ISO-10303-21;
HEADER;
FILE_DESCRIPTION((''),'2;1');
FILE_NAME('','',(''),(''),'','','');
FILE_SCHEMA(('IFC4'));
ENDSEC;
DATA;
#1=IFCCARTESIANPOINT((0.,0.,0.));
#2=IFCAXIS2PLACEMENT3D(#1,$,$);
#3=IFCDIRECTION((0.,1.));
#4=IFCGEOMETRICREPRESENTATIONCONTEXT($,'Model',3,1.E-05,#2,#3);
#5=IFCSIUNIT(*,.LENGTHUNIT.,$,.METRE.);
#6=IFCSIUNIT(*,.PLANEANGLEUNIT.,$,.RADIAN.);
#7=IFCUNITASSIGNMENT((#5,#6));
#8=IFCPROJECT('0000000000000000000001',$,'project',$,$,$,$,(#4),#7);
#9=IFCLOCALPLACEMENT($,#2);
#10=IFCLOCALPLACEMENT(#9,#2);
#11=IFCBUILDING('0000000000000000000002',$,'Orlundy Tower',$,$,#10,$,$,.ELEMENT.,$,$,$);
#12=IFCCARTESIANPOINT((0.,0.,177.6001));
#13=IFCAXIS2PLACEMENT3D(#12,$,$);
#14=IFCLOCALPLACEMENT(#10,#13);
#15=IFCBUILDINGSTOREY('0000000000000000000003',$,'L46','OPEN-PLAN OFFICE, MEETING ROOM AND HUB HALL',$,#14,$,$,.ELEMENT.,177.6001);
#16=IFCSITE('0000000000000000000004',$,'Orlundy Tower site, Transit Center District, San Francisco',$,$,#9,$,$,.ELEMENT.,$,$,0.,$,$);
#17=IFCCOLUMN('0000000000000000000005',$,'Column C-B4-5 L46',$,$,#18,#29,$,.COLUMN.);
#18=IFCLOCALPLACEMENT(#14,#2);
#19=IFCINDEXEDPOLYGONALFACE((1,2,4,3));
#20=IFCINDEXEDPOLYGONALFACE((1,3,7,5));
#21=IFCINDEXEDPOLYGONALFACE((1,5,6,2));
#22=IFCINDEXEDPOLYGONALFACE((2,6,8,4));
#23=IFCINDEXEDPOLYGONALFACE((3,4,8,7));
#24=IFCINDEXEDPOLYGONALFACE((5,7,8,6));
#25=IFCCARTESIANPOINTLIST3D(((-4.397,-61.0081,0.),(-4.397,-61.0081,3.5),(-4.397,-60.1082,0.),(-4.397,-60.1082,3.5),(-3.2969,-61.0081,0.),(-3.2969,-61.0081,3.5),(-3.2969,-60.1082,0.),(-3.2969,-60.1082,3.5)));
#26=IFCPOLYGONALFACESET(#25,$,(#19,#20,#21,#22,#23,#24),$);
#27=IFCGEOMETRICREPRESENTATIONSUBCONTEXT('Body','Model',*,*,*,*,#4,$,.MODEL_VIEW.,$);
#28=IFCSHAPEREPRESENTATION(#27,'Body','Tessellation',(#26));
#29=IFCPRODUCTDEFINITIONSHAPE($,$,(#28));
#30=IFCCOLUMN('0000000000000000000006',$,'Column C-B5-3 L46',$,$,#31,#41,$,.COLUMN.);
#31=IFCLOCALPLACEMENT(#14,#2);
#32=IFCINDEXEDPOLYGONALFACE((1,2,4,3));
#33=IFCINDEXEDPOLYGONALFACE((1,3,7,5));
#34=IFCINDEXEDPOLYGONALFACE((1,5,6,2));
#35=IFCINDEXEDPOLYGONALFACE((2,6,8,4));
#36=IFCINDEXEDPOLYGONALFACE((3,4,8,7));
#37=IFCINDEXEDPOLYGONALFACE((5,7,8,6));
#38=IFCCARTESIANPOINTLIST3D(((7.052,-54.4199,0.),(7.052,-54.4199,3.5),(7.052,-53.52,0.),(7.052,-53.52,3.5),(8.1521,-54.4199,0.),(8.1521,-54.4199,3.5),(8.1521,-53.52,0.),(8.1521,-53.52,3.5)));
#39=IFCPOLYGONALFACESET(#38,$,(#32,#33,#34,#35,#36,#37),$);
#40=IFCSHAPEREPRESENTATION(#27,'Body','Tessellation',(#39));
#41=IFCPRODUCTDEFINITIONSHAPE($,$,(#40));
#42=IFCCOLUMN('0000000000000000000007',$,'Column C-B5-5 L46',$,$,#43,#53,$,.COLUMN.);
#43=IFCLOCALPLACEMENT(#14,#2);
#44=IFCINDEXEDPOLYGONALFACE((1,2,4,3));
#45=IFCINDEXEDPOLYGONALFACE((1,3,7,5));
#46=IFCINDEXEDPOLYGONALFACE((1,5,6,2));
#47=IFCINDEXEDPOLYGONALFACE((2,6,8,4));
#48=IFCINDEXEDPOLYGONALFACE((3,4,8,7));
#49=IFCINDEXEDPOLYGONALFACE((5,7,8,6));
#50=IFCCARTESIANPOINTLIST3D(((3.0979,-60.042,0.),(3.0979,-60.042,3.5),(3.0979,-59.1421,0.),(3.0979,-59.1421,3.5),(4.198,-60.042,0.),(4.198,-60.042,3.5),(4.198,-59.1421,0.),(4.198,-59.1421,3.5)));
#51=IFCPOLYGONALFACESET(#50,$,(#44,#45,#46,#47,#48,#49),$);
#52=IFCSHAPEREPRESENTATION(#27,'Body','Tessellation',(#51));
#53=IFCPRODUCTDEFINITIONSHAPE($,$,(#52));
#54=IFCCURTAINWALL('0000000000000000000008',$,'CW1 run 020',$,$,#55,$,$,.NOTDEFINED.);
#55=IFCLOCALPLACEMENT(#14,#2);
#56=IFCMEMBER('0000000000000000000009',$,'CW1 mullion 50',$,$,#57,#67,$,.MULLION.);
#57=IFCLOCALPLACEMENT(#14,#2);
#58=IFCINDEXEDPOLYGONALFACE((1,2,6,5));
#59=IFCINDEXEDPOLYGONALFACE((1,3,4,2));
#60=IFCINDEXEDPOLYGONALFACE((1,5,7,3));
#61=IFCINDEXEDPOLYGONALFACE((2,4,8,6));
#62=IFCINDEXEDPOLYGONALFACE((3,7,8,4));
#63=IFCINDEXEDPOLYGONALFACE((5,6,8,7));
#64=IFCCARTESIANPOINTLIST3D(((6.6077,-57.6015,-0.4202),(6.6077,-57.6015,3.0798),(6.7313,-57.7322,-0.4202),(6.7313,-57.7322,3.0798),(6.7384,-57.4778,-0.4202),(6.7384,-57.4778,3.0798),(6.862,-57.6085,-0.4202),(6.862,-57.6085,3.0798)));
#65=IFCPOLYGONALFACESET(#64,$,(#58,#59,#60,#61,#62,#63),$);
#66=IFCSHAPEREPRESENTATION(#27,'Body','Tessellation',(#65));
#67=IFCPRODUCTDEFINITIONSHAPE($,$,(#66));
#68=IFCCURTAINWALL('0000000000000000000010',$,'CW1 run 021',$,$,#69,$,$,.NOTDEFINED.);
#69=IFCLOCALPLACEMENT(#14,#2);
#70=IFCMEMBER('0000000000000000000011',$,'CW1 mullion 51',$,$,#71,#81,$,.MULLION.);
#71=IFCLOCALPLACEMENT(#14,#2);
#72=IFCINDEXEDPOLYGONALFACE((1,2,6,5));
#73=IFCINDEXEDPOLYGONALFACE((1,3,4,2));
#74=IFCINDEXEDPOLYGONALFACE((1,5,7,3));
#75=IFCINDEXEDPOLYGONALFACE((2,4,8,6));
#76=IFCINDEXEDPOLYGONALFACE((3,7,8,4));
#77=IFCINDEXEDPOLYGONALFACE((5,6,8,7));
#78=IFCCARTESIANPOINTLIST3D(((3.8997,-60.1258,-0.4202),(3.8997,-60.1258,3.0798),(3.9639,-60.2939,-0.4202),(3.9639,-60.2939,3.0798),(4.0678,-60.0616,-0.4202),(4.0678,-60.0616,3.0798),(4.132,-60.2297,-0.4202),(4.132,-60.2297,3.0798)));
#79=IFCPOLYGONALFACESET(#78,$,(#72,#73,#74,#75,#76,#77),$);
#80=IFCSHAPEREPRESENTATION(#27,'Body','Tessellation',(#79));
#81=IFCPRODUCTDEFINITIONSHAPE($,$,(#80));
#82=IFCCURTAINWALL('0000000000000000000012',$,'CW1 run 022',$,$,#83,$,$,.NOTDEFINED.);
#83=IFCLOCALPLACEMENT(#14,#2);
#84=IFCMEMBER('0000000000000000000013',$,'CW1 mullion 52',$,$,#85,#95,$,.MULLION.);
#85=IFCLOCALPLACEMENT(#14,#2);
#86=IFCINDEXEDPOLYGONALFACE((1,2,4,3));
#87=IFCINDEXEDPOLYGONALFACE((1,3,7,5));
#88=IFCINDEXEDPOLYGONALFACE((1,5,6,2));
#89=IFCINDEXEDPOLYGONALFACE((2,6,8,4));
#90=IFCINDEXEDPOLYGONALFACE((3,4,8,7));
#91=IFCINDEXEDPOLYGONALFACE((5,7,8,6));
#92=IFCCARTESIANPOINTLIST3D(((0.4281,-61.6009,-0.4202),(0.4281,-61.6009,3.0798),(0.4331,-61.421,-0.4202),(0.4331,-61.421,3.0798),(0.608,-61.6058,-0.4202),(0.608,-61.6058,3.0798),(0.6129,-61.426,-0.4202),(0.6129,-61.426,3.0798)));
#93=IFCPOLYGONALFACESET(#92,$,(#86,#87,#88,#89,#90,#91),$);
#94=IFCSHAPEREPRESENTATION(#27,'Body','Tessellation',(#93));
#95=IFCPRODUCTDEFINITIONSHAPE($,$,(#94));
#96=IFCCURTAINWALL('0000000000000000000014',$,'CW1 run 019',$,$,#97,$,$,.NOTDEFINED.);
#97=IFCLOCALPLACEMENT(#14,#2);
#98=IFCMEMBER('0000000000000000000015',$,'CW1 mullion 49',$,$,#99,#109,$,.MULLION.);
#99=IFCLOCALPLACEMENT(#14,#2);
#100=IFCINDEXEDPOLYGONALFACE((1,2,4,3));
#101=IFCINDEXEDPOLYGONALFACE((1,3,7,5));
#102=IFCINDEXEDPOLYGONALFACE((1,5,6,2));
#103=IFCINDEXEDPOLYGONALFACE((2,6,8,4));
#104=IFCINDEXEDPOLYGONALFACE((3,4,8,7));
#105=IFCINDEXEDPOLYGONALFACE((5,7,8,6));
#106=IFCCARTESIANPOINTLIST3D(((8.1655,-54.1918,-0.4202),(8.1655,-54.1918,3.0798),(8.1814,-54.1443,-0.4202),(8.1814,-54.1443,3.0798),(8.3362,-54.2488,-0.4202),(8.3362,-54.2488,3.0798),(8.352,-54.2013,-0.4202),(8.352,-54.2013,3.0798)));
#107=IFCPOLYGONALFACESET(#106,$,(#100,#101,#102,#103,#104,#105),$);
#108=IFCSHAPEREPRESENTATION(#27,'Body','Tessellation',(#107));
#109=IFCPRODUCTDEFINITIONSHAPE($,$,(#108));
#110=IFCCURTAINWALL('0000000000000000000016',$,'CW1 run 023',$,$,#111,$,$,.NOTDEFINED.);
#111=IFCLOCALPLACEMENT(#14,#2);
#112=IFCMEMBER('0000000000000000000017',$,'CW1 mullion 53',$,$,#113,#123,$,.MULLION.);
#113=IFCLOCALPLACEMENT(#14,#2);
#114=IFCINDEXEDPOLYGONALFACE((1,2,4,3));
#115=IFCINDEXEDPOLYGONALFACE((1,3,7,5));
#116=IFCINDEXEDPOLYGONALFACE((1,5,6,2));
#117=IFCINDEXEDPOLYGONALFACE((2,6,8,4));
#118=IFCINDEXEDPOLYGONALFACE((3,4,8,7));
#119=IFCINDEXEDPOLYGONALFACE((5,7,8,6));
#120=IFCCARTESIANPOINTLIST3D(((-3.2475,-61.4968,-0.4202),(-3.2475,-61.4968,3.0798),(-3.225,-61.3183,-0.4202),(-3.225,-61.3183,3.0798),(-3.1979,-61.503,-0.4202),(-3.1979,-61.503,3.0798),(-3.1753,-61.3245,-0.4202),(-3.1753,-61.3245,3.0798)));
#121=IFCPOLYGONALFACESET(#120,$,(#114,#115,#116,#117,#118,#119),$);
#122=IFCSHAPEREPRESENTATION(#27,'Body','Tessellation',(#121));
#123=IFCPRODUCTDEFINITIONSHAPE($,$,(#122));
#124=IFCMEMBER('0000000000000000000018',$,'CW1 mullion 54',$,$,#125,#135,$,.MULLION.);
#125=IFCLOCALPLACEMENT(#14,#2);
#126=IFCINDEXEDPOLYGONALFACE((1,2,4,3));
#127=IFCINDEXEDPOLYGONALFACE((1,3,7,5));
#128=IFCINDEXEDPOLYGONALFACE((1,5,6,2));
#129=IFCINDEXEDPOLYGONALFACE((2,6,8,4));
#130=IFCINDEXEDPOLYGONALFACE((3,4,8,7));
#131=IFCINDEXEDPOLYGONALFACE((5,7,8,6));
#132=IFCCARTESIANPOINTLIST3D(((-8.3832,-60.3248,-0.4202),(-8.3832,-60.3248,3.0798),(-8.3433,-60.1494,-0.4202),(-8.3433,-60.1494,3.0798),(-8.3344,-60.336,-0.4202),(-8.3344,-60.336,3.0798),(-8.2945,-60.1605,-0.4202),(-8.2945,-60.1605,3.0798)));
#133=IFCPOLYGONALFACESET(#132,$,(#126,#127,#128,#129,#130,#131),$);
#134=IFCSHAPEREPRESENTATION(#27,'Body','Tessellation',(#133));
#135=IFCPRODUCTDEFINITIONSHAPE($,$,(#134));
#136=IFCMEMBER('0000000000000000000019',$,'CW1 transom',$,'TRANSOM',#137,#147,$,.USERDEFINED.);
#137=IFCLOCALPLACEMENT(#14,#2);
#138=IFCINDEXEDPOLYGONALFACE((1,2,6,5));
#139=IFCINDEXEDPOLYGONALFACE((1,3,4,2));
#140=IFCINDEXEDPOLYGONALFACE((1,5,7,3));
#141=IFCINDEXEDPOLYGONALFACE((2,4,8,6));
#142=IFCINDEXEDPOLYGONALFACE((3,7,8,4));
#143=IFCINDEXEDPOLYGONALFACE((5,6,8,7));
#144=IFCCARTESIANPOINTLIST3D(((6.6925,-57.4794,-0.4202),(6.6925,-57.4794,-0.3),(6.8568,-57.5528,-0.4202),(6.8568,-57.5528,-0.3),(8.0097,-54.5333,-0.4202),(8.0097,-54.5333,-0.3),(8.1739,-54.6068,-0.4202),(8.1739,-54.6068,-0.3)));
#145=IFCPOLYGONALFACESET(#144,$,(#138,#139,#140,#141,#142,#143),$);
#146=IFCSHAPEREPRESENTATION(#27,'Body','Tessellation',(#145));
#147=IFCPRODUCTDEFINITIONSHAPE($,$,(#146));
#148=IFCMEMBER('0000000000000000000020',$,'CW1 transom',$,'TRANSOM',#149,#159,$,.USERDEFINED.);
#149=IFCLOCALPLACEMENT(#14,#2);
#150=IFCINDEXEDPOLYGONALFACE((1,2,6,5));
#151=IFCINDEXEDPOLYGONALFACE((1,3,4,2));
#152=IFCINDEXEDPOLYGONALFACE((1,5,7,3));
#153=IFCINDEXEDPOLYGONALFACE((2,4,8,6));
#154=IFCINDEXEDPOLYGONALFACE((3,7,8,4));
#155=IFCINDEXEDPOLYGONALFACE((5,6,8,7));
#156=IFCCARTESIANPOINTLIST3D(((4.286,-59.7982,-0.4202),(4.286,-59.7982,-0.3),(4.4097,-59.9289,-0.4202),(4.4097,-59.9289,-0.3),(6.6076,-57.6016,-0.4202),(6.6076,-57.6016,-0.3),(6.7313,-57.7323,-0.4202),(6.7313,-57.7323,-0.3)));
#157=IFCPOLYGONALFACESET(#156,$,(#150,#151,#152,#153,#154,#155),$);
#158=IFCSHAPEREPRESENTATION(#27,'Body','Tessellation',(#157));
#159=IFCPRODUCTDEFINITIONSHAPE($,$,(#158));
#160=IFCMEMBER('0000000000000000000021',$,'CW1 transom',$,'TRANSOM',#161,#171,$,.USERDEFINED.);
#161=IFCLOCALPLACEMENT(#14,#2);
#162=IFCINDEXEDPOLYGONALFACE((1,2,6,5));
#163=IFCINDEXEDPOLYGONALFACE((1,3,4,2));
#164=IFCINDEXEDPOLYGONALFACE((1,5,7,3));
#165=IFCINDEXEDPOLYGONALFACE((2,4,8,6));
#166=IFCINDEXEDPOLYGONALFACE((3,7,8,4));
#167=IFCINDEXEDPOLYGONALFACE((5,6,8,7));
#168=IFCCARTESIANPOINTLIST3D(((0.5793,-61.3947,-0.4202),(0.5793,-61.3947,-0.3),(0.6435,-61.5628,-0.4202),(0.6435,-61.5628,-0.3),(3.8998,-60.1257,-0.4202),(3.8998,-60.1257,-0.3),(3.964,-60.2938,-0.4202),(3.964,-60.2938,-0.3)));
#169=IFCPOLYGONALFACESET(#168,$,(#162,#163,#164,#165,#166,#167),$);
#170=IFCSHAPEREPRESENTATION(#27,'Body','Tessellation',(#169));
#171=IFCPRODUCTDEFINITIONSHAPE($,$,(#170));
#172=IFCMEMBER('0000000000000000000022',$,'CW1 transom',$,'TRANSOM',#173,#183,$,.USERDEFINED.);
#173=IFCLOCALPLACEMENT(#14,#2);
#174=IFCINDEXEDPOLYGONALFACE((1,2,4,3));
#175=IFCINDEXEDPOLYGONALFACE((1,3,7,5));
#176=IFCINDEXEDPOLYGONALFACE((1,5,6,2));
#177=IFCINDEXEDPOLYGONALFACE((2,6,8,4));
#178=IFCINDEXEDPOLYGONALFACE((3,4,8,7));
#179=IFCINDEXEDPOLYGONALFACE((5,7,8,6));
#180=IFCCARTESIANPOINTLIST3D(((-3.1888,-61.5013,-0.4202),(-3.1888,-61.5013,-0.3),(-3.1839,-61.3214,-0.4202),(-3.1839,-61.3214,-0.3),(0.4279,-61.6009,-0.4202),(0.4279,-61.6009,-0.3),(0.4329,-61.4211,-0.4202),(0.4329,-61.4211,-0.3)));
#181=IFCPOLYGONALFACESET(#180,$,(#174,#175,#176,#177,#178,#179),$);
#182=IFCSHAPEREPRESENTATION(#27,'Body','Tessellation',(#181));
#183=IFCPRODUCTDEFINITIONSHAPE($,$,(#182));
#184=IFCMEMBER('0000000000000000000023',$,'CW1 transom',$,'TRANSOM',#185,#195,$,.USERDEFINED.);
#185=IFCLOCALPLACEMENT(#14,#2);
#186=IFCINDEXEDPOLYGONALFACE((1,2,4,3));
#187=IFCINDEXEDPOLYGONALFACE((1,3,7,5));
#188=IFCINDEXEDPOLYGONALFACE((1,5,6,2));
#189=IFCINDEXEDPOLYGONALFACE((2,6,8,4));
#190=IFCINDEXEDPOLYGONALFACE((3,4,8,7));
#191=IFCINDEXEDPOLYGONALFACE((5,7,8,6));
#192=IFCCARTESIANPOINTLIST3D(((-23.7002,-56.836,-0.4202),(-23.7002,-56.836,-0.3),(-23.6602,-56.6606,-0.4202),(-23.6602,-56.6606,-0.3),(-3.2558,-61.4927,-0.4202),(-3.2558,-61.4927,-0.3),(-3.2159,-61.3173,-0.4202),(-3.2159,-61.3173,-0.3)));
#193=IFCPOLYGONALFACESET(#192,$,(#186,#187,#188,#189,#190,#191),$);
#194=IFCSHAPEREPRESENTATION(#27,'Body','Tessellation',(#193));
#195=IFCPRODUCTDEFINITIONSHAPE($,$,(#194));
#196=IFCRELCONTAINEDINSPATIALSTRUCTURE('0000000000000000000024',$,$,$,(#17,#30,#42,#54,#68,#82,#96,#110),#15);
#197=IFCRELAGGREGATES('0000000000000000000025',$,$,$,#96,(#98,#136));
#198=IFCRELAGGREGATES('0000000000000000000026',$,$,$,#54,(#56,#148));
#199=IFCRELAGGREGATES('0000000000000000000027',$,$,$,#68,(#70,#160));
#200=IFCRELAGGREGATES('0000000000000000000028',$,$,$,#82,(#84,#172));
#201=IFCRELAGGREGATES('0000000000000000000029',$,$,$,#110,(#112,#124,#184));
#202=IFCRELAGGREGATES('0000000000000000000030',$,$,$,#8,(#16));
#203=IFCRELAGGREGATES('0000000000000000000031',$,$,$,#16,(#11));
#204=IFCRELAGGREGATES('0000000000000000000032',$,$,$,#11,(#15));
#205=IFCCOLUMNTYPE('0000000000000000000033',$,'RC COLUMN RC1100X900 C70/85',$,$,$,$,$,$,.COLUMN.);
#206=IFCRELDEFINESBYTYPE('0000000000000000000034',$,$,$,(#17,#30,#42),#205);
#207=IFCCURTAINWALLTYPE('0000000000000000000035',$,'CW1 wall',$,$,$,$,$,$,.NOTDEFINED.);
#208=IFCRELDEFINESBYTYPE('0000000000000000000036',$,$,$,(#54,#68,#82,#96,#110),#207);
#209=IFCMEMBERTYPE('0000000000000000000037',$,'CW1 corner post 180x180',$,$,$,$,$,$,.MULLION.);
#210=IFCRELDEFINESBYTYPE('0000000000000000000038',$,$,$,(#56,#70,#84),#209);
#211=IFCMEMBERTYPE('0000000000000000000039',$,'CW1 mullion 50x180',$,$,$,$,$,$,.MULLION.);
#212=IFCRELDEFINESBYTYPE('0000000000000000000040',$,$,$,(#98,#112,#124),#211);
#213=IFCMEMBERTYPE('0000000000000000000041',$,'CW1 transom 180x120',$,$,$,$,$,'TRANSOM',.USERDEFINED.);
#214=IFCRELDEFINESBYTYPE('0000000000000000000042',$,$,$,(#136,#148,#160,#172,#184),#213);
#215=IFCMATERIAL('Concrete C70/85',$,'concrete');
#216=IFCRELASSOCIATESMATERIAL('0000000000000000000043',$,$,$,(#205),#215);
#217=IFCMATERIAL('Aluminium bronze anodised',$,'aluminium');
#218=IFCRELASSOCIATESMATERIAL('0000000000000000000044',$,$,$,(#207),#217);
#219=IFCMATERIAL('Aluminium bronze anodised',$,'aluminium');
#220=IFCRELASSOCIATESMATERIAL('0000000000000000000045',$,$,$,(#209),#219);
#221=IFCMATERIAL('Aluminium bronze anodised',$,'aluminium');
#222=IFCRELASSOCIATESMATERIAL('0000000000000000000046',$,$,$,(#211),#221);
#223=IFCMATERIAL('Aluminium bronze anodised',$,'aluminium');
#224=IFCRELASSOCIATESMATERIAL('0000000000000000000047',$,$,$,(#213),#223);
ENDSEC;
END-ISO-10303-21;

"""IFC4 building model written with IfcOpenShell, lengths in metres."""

from ifc_helpers import new_model, si_unit, direction, frame, origin, origin_2d, place, context, subcontext, project, spatial, rectangle, extrude, material, material_profile, profile_set, type_object, element, aggregate, save


model = new_model("IFC4")

# Units and contexts
model_context = context("Model", 3, precision=1e-05, world=origin(), true_north=direction((0.0, 1.0)))
body_context = subcontext(model_context, "Body", "Model", "MODEL_VIEW")
ifc_project = project(units=[si_unit("LENGTHUNIT", "METRE"), si_unit("PLANEANGLEUNIT", "RADIAN")], contexts=[model_context])

# Site, building, storey
site_placement = place(None, origin())
site = spatial("IfcSite", under=ifc_project, at=site_placement, Name="Orlundy Tower site, Transit Center District, San Francisco", CompositionType="ELEMENT", RefElevation=0.0)
building_placement = place(site_placement, origin())
building = spatial("IfcBuilding", under=site, at=building_placement, Name="Orlundy Tower", CompositionType="ELEMENT")
storey_placement = place(building_placement, frame((0.0, 0.0, 177.6001)))
storey = spatial("IfcBuildingStorey", under=building, at=storey_placement, Name="L46", Description="OPEN-PLAN OFFICE, MEETING ROOM AND HUB HALL", CompositionType="ELEMENT", Elevation=177.6001)

# Columns
ifc_material_1 = material(Name="Concrete C70/85", Category="concrete")
ifc_material_profile_1 = material_profile(ifc_material_1, rectangle(XDim=1.1001, YDim=0.8999, at=origin_2d()), Name="RC1100X900")
ifc_profile_set_1 = profile_set([ifc_material_profile_1], Name="Concrete C70/85")
column_type = type_object("IfcColumnType", Name="RC COLUMN RC1100X900 C70/85", PredefinedType="COLUMN", material=ifc_profile_set_1)
for number, where, z_axis, x_axis, name in (
    (1, (-3.8469, -60.5581, 0.0), (0.0, 0.0, 1.0), (1.0, 0.0, 0.0), "Column C-B4-5 L46"),
    (2, (7.6021, -53.97, 0.0), (0.0, 0.0, 1.0), (1.0, 0.0, 0.0), "Column C-B5-3 L46"),
    (3, (3.6479, -59.592, 0.0), (0.0, 0.0, 1.0), (1.0, 0.0, 0.0), "Column C-B5-5 L46"),
):
    element("IfcColumn", number, at=place(storey_placement, frame(where, z_axis=z_axis, x_axis=x_axis)), inside=storey, type_object=column_type, Name=name, PredefinedType="COLUMN", context=body_context, shape_type="SweptSolid", body=[
        extrude(rectangle(XDim=1.1001, YDim=0.8999, at=origin_2d()), origin(), (0.0, 0.0, 1.0), 3.5),
    ])

# Curtain walls, members
ifc_material_2 = material(Name="Aluminium bronze anodised", Category="aluminium")
curtain_wall_type = type_object("IfcCurtainWallType", Name="CW1 wall", PredefinedType="NOTDEFINED", material=ifc_material_2)
curtain_wall_1_placement = place(storey_placement, origin())
curtain_wall_1 = element("IfcCurtainWall", 4, at=curtain_wall_1_placement, inside=storey, type_object=curtain_wall_type, Name="CW1 run 020", PredefinedType="NOTDEFINED")
ifc_material_3 = material(Name="Aluminium bronze anodised", Category="aluminium")
ifc_material_profile_2 = material_profile(ifc_material_3, rectangle(XDim=0.1799, YDim=0.1799, at=origin_2d()), Name="CW1 corner post 180x180")
ifc_profile_set_2 = profile_set([ifc_material_profile_2], Name="Aluminium bronze anodised")
member_type_1 = type_object("IfcMemberType", Name="CW1 corner post 180x180", PredefinedType="MULLION", material=ifc_profile_set_2)
member_1_placement = place(storey_placement, frame((6.7349, -57.605, -0.4202), z_axis=(0.0, 0.0, 1.0), x_axis=(0.687281, -0.726392, 0.0)))
member_1 = element("IfcMember", 5, at=member_1_placement, type_object=member_type_1, Name="CW1 mullion 50", PredefinedType="MULLION", context=body_context, shape_type="SweptSolid", body=[
    extrude(rectangle(XDim=0.1799, YDim=0.1799, at=origin_2d()), origin(), (0.0, 0.0, 1.0), 3.5),
])
curtain_wall_2_placement = place(storey_placement, origin())
curtain_wall_2 = element("IfcCurtainWall", 6, at=curtain_wall_2_placement, inside=storey, type_object=curtain_wall_type, Name="CW1 run 021", PredefinedType="NOTDEFINED")
member_2_placement = place(storey_placement, frame((4.0159, -60.1777, -0.4202), z_axis=(0.0, 0.0, 1.0), x_axis=(0.356971, -0.934115, 0.0)))
member_2 = element("IfcMember", 7, at=member_2_placement, type_object=member_type_1, Name="CW1 mullion 51", PredefinedType="MULLION", context=body_context, shape_type="SweptSolid", body=[
    extrude(rectangle(XDim=0.1799, YDim=0.1799, at=origin_2d()), origin(), (0.0, 0.0, 1.0), 3.5),
])
curtain_wall_3_placement = place(storey_placement, origin())
curtain_wall_3 = element("IfcCurtainWall", 8, at=curtain_wall_3_placement, inside=storey, type_object=curtain_wall_type, Name="CW1 run 022", PredefinedType="NOTDEFINED")
member_3_placement = place(storey_placement, frame((0.5205, -61.5134, -0.4202), z_axis=(0.0, 0.0, 1.0), x_axis=(-0.02752, -0.999621, 0.0)))
member_3 = element("IfcMember", 9, at=member_3_placement, type_object=member_type_1, Name="CW1 mullion 52", PredefinedType="MULLION", context=body_context, shape_type="SweptSolid", body=[
    extrude(rectangle(XDim=0.1799, YDim=0.1799, at=origin_2d()), origin(), (0.0, 0.0, 1.0), 3.5),
])
curtain_wall_4_placement = place(storey_placement, origin())
curtain_wall_4 = element("IfcCurtainWall", 10, at=curtain_wall_4_placement, inside=storey, type_object=curtain_wall_type, Name="CW1 run 019", PredefinedType="NOTDEFINED")
ifc_material_4 = material(Name="Aluminium bronze anodised", Category="aluminium")
ifc_material_profile_3 = material_profile(ifc_material_4, rectangle(XDim=0.1799, YDim=0.05, at=origin_2d()), Name="CW1 mullion 50x180")
ifc_profile_set_3 = profile_set([ifc_material_profile_3], Name="Aluminium bronze anodised")
member_type_2 = type_object("IfcMemberType", Name="CW1 mullion 50x180", PredefinedType="MULLION", material=ifc_profile_set_3)
member_4_placement = place(storey_placement, frame((8.2588, -54.1965, -0.4202), z_axis=(0.0, 0.0, 1.0), x_axis=(0.948538, -0.316662, 0.0)))
member_4 = element("IfcMember", 11, at=member_4_placement, type_object=member_type_2, Name="CW1 mullion 49", PredefinedType="MULLION", context=body_context, shape_type="SweptSolid", body=[
    extrude(rectangle(XDim=0.1799, YDim=0.05, at=origin_2d()), origin(), (0.0, 0.0, 1.0), 3.5),
])

# Curtain wall, members
curtain_wall_5_placement = place(storey_placement, origin())
curtain_wall_5 = element("IfcCurtainWall", 12, at=curtain_wall_5_placement, inside=storey, type_object=curtain_wall_type, Name="CW1 run 023", PredefinedType="NOTDEFINED")
member_5_placement = place(storey_placement, frame((-3.2114, -61.4106, -0.4202), z_axis=(0.0, 0.0, 1.0), x_axis=(-0.12541, -0.992105, 0.0)))
member_5 = element("IfcMember", 13, at=member_5_placement, type_object=member_type_2, Name="CW1 mullion 53", PredefinedType="MULLION", context=body_context, shape_type="SweptSolid", body=[
    extrude(rectangle(XDim=0.1799, YDim=0.05, at=origin_2d()), origin(), (0.0, 0.0, 1.0), 3.5),
])
member_6_placement = place(storey_placement, frame((-8.3389, -60.2427, -0.4202), z_axis=(0.0, 0.0, 1.0), x_axis=(-0.22209, -0.975026, 0.0)))
member_6 = element("IfcMember", 14, at=member_6_placement, type_object=member_type_2, Name="CW1 mullion 54", PredefinedType="MULLION", context=body_context, shape_type="SweptSolid", body=[
    extrude(rectangle(XDim=0.1799, YDim=0.05, at=origin_2d()), origin(), (0.0, 0.0, 1.0), 3.5),
])

# Members
ifc_material_5 = material(Name="Aluminium bronze anodised", Category="aluminium")
ifc_material_profile_4 = material_profile(ifc_material_5, rectangle(XDim=0.1799, YDim=0.1201, at=origin_2d()), Name="CW1 transom 180x120")
ifc_profile_set_4 = profile_set([ifc_material_profile_4], Name="Aluminium bronze anodised")
member_type_3 = type_object("IfcMemberType", Name="CW1 transom 180x120", ElementType="TRANSOM", PredefinedType="USERDEFINED", material=ifc_profile_set_4)
member_7_placement = place(storey_placement, frame((8.0918, -54.5701, -0.3601), z_axis=(-0.408152, -0.912914, 0.0), x_axis=(0.912914, -0.408152, 0.0)))
member_7 = element("IfcMember", 15, at=member_7_placement, type_object=member_type_3, Name="CW1 transom", ObjectType="TRANSOM", PredefinedType="USERDEFINED", context=body_context, shape_type="SweptSolid", body=[
    extrude(rectangle(XDim=0.1799, YDim=0.1201, at=origin_2d()), origin(), (0.0, 0.0, 1.0), 3.2271),
])
member_8_placement = place(storey_placement, frame((6.6694, -57.667, -0.3601), z_axis=(-0.726392, -0.68728, 0.0), x_axis=(0.68728, -0.726392, 0.0)))
member_8 = element("IfcMember", 16, at=member_8_placement, type_object=member_type_3, Name="CW1 transom", ObjectType="TRANSOM", PredefinedType="USERDEFINED", context=body_context, shape_type="SweptSolid", body=[
    extrude(rectangle(XDim=0.1799, YDim=0.1201, at=origin_2d()), origin(), (0.0, 0.0, 1.0), 3.196),
])
member_9_placement = place(storey_placement, frame((3.9319, -60.2097, -0.3601), z_axis=(-0.934106, -0.356995, 0.0), x_axis=(0.356995, -0.934106, 0.0)))
member_9 = element("IfcMember", 17, at=member_9_placement, type_object=member_type_3, Name="CW1 transom", ObjectType="TRANSOM", PredefinedType="USERDEFINED", context=body_context, shape_type="SweptSolid", body=[
    extrude(rectangle(XDim=0.1799, YDim=0.1201, at=origin_2d()), origin(), (0.0, 0.0, 1.0), 3.5547),
])
member_10_placement = place(storey_placement, frame((0.4304, -61.511, -0.3601), z_axis=(-0.999621, 0.027531, 0.0), x_axis=(-0.027531, -0.999621, 0.0)))
member_10 = element("IfcMember", 18, at=member_10_placement, type_object=member_type_3, Name="CW1 transom", ObjectType="TRANSOM", PredefinedType="USERDEFINED", context=body_context, shape_type="SweptSolid", body=[
    extrude(rectangle(XDim=0.1799, YDim=0.1201, at=origin_2d()), origin(), (0.0, 0.0, 1.0), 3.6182),
])
member_11_placement = place(storey_placement, frame((-3.2358, -61.405, -0.3601), z_axis=(-0.975027, 0.222088, 0.0), x_axis=(-0.222088, -0.975027, 0.0)))
member_11 = element("IfcMember", 19, at=member_11_placement, type_object=member_type_3, Name="CW1 transom", ObjectType="TRANSOM", PredefinedType="USERDEFINED", context=body_context, shape_type="SweptSolid", body=[
    extrude(rectangle(XDim=0.1799, YDim=0.1201, at=origin_2d()), origin(), (0.0, 0.0, 1.0), 20.968),
])

aggregate(curtain_wall_4, [member_4, member_7])
aggregate(curtain_wall_1, [member_1, member_8])
aggregate(curtain_wall_2, [member_2, member_9])
aggregate(curtain_wall_3, [member_3, member_10])
aggregate(curtain_wall_5, [member_5, member_6, member_11])

save(model, "model.ifc")
